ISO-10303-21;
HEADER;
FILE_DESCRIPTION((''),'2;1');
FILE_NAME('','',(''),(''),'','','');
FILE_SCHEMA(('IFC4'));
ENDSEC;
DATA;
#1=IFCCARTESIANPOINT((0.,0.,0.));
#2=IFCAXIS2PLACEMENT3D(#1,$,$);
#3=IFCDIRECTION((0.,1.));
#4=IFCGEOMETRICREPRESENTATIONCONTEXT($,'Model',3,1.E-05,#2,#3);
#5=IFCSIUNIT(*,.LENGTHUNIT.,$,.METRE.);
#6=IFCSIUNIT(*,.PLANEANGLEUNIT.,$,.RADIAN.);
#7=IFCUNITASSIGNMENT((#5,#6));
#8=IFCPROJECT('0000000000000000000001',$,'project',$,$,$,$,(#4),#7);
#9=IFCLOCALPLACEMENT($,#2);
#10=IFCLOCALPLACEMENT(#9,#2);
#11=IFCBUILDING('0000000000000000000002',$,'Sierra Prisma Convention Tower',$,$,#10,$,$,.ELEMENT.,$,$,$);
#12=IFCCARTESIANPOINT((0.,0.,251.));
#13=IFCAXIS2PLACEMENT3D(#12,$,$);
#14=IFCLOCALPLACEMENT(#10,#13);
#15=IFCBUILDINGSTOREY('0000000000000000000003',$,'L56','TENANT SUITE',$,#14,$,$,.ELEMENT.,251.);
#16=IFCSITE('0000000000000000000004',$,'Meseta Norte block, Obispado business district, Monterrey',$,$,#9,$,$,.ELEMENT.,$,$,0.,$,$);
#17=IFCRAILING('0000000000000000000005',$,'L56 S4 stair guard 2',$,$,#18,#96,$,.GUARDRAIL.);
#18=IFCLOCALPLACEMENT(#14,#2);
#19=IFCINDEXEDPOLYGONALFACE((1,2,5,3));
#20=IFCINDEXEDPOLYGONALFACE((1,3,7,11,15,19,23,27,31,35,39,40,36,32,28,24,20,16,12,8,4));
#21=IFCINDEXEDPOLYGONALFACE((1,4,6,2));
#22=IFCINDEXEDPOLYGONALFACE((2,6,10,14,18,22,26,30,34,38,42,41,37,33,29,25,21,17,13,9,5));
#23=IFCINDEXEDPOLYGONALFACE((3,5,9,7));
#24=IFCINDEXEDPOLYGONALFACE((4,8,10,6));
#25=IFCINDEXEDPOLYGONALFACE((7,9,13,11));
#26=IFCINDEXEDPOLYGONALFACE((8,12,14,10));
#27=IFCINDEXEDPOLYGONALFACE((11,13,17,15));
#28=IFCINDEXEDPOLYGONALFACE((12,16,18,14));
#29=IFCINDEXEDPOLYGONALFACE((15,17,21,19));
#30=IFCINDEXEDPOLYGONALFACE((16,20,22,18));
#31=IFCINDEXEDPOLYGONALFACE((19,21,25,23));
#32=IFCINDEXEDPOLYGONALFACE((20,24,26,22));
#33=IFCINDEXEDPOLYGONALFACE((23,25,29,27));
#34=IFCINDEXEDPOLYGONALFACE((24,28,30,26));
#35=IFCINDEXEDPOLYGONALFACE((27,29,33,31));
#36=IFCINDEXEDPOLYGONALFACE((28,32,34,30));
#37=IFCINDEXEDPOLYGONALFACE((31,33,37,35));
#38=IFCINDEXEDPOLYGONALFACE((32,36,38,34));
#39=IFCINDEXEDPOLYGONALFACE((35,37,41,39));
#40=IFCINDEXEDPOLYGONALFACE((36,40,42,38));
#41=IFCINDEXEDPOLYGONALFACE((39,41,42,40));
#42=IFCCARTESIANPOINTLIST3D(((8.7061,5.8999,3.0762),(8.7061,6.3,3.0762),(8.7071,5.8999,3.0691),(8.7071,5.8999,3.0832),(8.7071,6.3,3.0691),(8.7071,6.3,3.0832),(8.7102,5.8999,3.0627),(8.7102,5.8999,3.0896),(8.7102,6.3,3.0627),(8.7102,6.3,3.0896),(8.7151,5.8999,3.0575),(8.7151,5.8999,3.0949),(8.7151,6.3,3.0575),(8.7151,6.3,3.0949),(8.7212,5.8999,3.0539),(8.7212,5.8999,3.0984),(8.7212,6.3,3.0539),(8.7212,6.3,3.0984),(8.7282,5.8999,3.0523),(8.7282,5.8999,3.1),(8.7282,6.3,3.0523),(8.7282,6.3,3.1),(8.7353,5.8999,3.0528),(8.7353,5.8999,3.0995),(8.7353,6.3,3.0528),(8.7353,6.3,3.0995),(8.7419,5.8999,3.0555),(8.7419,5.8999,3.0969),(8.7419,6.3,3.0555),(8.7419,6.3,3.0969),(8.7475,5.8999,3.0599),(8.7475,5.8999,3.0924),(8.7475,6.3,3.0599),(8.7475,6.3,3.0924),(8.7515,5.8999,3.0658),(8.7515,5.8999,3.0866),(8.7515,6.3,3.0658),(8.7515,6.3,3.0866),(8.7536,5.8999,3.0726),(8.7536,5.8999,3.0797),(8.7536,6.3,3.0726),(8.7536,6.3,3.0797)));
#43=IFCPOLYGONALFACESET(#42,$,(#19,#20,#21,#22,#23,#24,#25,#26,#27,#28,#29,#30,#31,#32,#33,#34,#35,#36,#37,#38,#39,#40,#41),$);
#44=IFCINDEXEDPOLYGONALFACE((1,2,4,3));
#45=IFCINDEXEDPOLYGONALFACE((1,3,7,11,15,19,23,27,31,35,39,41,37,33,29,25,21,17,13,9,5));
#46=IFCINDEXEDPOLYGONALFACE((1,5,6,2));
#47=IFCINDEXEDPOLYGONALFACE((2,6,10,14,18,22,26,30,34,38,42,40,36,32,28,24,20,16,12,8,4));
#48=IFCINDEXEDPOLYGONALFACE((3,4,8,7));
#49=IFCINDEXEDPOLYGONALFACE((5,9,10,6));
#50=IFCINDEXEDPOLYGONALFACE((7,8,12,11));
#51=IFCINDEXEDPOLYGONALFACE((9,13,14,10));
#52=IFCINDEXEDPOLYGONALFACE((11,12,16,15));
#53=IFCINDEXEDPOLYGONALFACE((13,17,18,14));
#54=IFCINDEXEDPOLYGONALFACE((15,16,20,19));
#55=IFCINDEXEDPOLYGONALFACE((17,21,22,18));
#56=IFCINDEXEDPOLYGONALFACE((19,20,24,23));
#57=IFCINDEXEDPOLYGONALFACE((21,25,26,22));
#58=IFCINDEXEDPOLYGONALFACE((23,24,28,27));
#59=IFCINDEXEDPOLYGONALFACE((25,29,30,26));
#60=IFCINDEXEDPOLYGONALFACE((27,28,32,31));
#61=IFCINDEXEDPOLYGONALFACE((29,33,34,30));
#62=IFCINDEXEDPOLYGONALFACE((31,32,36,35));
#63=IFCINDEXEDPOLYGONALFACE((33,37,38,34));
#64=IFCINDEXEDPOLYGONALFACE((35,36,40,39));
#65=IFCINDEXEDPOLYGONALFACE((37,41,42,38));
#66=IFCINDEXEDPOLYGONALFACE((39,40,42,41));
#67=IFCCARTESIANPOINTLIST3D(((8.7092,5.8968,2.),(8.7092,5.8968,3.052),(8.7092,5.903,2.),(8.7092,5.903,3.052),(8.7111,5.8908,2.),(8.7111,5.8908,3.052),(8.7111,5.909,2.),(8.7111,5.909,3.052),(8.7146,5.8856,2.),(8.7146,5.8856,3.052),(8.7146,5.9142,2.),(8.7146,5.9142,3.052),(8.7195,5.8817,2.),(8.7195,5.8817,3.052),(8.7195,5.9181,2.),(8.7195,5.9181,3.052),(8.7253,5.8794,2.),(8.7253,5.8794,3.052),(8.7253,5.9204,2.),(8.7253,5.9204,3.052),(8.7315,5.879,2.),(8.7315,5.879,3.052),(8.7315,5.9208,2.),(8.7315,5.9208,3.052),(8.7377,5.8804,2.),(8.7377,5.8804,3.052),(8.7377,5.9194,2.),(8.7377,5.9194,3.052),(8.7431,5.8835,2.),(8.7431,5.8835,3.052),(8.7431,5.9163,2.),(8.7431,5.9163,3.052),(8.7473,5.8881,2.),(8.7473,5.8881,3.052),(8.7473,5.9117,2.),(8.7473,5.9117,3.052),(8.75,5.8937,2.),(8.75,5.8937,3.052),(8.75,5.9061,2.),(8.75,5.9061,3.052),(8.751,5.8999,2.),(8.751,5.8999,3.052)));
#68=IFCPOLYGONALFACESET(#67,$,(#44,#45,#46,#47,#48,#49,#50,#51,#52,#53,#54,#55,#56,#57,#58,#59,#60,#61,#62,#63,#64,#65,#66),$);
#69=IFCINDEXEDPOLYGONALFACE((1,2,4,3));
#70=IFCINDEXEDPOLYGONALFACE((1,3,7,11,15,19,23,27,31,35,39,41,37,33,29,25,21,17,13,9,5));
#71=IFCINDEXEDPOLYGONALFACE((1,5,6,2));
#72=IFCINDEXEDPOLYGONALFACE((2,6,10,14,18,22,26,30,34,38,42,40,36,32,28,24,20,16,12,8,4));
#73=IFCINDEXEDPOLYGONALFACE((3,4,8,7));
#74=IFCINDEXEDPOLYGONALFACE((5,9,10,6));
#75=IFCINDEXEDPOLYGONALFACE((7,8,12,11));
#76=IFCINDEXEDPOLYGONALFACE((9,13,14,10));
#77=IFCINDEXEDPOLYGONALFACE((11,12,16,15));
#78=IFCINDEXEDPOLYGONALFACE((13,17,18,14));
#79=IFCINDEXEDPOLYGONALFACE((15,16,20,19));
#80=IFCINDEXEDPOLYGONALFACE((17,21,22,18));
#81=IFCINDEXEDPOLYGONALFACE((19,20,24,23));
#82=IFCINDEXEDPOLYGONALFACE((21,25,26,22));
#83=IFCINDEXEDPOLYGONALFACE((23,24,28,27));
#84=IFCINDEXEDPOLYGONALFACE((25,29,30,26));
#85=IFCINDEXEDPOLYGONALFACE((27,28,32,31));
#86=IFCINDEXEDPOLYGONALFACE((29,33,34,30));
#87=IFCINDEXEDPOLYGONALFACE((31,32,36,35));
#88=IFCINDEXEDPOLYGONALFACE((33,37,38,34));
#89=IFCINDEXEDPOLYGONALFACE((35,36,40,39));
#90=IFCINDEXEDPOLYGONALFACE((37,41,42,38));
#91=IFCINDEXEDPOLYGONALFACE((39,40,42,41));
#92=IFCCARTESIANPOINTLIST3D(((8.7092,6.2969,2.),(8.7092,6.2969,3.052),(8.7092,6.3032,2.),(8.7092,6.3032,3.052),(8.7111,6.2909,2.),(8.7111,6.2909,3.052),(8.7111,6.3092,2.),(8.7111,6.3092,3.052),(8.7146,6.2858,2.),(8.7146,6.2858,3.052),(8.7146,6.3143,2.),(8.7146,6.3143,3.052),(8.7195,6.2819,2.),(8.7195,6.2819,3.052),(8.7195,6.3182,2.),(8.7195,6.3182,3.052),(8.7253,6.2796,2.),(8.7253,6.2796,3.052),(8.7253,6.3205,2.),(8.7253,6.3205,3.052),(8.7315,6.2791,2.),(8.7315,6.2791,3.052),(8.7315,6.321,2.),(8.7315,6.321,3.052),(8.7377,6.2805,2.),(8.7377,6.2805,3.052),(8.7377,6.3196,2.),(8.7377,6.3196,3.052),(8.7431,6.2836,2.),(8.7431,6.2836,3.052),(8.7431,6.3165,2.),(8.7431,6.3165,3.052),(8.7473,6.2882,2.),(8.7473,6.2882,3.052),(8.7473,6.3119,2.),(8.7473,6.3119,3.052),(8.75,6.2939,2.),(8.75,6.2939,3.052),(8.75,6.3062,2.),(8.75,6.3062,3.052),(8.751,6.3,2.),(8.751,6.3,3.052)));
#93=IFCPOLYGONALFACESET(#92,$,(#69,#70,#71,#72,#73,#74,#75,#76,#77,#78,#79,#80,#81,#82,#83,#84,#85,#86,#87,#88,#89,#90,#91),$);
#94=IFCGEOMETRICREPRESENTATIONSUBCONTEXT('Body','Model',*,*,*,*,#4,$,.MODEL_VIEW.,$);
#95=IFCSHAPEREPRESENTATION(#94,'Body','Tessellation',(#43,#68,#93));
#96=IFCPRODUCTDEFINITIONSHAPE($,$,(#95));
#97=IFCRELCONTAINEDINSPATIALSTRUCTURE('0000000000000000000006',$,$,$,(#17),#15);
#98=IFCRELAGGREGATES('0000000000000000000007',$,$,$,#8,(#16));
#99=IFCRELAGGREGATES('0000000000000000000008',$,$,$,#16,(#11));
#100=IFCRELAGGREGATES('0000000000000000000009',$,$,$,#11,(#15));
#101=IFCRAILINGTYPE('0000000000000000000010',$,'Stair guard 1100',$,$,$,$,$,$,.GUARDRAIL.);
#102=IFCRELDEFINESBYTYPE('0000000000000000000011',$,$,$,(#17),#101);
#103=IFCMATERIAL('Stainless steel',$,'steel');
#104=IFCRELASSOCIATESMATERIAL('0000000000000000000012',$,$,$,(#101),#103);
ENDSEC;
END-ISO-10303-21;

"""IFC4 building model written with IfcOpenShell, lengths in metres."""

from ifc_helpers import new_model, si_unit, direction, frame, origin, origin_2d, place, context, subcontext, project, spatial, circle, extrude, material, type_object, element, save


model = new_model("IFC4")

# Units and contexts
model_context = context("Model", 3, precision=1e-05, world=origin(), true_north=direction((0.0, 1.0)))
body_context = subcontext(model_context, "Body", "Model", "MODEL_VIEW")
ifc_project = project(units=[si_unit("LENGTHUNIT", "METRE"), si_unit("PLANEANGLEUNIT", "RADIAN")], contexts=[model_context])

# Site, building, storey
site_placement = place(None, origin())
site = spatial("IfcSite", under=ifc_project, at=site_placement, Name="Meseta Norte block, Obispado business district, Monterrey", CompositionType="ELEMENT", RefElevation=0.0)
building_placement = place(site_placement, origin())
building = spatial("IfcBuilding", under=site, at=building_placement, Name="Sierra Prisma Convention Tower", CompositionType="ELEMENT")
storey_placement = place(building_placement, frame((0.0, 0.0, 251.0)))
storey = spatial("IfcBuildingStorey", under=building, at=storey_placement, Name="L56", Description="TENANT SUITE", CompositionType="ELEMENT", Elevation=251.0)

# Railing
ifc_material_1 = material(Name="Stainless steel", Category="steel")
railing_type_1 = type_object("IfcRailingType", Name="Stair guard 1100", PredefinedType="GUARDRAIL", material=ifc_material_1)
railing_1_placement = place(storey_placement, frame((8.73, 5.8999, 2.0)))
element("IfcRailing", 1, at=railing_1_placement, inside=storey, type_object=railing_type_1, Name="L56 S4 stair guard 2", PredefinedType="GUARDRAIL", context=body_context, shape_type="SweptSolid", body=[
    extrude(circle(Radius=0.0239, at=origin_2d()), frame((0.0, 0.0, 1.0762), z_axis=(0.0, 1.0, 0.0), x_axis=(-1.0, 0.0, 0.0)), (0.0, 0.0, 1.0), 0.4001),
    extrude(circle(Radius=0.021, at=origin_2d()), origin(), (0.0, 0.0, 1.0), 1.052),
    extrude(circle(Radius=0.021, at=origin_2d()), frame((0.0, 0.4001, 0.0)), (0.0, 0.0, 1.0), 1.052),
])

save(model, "model.ifc")
